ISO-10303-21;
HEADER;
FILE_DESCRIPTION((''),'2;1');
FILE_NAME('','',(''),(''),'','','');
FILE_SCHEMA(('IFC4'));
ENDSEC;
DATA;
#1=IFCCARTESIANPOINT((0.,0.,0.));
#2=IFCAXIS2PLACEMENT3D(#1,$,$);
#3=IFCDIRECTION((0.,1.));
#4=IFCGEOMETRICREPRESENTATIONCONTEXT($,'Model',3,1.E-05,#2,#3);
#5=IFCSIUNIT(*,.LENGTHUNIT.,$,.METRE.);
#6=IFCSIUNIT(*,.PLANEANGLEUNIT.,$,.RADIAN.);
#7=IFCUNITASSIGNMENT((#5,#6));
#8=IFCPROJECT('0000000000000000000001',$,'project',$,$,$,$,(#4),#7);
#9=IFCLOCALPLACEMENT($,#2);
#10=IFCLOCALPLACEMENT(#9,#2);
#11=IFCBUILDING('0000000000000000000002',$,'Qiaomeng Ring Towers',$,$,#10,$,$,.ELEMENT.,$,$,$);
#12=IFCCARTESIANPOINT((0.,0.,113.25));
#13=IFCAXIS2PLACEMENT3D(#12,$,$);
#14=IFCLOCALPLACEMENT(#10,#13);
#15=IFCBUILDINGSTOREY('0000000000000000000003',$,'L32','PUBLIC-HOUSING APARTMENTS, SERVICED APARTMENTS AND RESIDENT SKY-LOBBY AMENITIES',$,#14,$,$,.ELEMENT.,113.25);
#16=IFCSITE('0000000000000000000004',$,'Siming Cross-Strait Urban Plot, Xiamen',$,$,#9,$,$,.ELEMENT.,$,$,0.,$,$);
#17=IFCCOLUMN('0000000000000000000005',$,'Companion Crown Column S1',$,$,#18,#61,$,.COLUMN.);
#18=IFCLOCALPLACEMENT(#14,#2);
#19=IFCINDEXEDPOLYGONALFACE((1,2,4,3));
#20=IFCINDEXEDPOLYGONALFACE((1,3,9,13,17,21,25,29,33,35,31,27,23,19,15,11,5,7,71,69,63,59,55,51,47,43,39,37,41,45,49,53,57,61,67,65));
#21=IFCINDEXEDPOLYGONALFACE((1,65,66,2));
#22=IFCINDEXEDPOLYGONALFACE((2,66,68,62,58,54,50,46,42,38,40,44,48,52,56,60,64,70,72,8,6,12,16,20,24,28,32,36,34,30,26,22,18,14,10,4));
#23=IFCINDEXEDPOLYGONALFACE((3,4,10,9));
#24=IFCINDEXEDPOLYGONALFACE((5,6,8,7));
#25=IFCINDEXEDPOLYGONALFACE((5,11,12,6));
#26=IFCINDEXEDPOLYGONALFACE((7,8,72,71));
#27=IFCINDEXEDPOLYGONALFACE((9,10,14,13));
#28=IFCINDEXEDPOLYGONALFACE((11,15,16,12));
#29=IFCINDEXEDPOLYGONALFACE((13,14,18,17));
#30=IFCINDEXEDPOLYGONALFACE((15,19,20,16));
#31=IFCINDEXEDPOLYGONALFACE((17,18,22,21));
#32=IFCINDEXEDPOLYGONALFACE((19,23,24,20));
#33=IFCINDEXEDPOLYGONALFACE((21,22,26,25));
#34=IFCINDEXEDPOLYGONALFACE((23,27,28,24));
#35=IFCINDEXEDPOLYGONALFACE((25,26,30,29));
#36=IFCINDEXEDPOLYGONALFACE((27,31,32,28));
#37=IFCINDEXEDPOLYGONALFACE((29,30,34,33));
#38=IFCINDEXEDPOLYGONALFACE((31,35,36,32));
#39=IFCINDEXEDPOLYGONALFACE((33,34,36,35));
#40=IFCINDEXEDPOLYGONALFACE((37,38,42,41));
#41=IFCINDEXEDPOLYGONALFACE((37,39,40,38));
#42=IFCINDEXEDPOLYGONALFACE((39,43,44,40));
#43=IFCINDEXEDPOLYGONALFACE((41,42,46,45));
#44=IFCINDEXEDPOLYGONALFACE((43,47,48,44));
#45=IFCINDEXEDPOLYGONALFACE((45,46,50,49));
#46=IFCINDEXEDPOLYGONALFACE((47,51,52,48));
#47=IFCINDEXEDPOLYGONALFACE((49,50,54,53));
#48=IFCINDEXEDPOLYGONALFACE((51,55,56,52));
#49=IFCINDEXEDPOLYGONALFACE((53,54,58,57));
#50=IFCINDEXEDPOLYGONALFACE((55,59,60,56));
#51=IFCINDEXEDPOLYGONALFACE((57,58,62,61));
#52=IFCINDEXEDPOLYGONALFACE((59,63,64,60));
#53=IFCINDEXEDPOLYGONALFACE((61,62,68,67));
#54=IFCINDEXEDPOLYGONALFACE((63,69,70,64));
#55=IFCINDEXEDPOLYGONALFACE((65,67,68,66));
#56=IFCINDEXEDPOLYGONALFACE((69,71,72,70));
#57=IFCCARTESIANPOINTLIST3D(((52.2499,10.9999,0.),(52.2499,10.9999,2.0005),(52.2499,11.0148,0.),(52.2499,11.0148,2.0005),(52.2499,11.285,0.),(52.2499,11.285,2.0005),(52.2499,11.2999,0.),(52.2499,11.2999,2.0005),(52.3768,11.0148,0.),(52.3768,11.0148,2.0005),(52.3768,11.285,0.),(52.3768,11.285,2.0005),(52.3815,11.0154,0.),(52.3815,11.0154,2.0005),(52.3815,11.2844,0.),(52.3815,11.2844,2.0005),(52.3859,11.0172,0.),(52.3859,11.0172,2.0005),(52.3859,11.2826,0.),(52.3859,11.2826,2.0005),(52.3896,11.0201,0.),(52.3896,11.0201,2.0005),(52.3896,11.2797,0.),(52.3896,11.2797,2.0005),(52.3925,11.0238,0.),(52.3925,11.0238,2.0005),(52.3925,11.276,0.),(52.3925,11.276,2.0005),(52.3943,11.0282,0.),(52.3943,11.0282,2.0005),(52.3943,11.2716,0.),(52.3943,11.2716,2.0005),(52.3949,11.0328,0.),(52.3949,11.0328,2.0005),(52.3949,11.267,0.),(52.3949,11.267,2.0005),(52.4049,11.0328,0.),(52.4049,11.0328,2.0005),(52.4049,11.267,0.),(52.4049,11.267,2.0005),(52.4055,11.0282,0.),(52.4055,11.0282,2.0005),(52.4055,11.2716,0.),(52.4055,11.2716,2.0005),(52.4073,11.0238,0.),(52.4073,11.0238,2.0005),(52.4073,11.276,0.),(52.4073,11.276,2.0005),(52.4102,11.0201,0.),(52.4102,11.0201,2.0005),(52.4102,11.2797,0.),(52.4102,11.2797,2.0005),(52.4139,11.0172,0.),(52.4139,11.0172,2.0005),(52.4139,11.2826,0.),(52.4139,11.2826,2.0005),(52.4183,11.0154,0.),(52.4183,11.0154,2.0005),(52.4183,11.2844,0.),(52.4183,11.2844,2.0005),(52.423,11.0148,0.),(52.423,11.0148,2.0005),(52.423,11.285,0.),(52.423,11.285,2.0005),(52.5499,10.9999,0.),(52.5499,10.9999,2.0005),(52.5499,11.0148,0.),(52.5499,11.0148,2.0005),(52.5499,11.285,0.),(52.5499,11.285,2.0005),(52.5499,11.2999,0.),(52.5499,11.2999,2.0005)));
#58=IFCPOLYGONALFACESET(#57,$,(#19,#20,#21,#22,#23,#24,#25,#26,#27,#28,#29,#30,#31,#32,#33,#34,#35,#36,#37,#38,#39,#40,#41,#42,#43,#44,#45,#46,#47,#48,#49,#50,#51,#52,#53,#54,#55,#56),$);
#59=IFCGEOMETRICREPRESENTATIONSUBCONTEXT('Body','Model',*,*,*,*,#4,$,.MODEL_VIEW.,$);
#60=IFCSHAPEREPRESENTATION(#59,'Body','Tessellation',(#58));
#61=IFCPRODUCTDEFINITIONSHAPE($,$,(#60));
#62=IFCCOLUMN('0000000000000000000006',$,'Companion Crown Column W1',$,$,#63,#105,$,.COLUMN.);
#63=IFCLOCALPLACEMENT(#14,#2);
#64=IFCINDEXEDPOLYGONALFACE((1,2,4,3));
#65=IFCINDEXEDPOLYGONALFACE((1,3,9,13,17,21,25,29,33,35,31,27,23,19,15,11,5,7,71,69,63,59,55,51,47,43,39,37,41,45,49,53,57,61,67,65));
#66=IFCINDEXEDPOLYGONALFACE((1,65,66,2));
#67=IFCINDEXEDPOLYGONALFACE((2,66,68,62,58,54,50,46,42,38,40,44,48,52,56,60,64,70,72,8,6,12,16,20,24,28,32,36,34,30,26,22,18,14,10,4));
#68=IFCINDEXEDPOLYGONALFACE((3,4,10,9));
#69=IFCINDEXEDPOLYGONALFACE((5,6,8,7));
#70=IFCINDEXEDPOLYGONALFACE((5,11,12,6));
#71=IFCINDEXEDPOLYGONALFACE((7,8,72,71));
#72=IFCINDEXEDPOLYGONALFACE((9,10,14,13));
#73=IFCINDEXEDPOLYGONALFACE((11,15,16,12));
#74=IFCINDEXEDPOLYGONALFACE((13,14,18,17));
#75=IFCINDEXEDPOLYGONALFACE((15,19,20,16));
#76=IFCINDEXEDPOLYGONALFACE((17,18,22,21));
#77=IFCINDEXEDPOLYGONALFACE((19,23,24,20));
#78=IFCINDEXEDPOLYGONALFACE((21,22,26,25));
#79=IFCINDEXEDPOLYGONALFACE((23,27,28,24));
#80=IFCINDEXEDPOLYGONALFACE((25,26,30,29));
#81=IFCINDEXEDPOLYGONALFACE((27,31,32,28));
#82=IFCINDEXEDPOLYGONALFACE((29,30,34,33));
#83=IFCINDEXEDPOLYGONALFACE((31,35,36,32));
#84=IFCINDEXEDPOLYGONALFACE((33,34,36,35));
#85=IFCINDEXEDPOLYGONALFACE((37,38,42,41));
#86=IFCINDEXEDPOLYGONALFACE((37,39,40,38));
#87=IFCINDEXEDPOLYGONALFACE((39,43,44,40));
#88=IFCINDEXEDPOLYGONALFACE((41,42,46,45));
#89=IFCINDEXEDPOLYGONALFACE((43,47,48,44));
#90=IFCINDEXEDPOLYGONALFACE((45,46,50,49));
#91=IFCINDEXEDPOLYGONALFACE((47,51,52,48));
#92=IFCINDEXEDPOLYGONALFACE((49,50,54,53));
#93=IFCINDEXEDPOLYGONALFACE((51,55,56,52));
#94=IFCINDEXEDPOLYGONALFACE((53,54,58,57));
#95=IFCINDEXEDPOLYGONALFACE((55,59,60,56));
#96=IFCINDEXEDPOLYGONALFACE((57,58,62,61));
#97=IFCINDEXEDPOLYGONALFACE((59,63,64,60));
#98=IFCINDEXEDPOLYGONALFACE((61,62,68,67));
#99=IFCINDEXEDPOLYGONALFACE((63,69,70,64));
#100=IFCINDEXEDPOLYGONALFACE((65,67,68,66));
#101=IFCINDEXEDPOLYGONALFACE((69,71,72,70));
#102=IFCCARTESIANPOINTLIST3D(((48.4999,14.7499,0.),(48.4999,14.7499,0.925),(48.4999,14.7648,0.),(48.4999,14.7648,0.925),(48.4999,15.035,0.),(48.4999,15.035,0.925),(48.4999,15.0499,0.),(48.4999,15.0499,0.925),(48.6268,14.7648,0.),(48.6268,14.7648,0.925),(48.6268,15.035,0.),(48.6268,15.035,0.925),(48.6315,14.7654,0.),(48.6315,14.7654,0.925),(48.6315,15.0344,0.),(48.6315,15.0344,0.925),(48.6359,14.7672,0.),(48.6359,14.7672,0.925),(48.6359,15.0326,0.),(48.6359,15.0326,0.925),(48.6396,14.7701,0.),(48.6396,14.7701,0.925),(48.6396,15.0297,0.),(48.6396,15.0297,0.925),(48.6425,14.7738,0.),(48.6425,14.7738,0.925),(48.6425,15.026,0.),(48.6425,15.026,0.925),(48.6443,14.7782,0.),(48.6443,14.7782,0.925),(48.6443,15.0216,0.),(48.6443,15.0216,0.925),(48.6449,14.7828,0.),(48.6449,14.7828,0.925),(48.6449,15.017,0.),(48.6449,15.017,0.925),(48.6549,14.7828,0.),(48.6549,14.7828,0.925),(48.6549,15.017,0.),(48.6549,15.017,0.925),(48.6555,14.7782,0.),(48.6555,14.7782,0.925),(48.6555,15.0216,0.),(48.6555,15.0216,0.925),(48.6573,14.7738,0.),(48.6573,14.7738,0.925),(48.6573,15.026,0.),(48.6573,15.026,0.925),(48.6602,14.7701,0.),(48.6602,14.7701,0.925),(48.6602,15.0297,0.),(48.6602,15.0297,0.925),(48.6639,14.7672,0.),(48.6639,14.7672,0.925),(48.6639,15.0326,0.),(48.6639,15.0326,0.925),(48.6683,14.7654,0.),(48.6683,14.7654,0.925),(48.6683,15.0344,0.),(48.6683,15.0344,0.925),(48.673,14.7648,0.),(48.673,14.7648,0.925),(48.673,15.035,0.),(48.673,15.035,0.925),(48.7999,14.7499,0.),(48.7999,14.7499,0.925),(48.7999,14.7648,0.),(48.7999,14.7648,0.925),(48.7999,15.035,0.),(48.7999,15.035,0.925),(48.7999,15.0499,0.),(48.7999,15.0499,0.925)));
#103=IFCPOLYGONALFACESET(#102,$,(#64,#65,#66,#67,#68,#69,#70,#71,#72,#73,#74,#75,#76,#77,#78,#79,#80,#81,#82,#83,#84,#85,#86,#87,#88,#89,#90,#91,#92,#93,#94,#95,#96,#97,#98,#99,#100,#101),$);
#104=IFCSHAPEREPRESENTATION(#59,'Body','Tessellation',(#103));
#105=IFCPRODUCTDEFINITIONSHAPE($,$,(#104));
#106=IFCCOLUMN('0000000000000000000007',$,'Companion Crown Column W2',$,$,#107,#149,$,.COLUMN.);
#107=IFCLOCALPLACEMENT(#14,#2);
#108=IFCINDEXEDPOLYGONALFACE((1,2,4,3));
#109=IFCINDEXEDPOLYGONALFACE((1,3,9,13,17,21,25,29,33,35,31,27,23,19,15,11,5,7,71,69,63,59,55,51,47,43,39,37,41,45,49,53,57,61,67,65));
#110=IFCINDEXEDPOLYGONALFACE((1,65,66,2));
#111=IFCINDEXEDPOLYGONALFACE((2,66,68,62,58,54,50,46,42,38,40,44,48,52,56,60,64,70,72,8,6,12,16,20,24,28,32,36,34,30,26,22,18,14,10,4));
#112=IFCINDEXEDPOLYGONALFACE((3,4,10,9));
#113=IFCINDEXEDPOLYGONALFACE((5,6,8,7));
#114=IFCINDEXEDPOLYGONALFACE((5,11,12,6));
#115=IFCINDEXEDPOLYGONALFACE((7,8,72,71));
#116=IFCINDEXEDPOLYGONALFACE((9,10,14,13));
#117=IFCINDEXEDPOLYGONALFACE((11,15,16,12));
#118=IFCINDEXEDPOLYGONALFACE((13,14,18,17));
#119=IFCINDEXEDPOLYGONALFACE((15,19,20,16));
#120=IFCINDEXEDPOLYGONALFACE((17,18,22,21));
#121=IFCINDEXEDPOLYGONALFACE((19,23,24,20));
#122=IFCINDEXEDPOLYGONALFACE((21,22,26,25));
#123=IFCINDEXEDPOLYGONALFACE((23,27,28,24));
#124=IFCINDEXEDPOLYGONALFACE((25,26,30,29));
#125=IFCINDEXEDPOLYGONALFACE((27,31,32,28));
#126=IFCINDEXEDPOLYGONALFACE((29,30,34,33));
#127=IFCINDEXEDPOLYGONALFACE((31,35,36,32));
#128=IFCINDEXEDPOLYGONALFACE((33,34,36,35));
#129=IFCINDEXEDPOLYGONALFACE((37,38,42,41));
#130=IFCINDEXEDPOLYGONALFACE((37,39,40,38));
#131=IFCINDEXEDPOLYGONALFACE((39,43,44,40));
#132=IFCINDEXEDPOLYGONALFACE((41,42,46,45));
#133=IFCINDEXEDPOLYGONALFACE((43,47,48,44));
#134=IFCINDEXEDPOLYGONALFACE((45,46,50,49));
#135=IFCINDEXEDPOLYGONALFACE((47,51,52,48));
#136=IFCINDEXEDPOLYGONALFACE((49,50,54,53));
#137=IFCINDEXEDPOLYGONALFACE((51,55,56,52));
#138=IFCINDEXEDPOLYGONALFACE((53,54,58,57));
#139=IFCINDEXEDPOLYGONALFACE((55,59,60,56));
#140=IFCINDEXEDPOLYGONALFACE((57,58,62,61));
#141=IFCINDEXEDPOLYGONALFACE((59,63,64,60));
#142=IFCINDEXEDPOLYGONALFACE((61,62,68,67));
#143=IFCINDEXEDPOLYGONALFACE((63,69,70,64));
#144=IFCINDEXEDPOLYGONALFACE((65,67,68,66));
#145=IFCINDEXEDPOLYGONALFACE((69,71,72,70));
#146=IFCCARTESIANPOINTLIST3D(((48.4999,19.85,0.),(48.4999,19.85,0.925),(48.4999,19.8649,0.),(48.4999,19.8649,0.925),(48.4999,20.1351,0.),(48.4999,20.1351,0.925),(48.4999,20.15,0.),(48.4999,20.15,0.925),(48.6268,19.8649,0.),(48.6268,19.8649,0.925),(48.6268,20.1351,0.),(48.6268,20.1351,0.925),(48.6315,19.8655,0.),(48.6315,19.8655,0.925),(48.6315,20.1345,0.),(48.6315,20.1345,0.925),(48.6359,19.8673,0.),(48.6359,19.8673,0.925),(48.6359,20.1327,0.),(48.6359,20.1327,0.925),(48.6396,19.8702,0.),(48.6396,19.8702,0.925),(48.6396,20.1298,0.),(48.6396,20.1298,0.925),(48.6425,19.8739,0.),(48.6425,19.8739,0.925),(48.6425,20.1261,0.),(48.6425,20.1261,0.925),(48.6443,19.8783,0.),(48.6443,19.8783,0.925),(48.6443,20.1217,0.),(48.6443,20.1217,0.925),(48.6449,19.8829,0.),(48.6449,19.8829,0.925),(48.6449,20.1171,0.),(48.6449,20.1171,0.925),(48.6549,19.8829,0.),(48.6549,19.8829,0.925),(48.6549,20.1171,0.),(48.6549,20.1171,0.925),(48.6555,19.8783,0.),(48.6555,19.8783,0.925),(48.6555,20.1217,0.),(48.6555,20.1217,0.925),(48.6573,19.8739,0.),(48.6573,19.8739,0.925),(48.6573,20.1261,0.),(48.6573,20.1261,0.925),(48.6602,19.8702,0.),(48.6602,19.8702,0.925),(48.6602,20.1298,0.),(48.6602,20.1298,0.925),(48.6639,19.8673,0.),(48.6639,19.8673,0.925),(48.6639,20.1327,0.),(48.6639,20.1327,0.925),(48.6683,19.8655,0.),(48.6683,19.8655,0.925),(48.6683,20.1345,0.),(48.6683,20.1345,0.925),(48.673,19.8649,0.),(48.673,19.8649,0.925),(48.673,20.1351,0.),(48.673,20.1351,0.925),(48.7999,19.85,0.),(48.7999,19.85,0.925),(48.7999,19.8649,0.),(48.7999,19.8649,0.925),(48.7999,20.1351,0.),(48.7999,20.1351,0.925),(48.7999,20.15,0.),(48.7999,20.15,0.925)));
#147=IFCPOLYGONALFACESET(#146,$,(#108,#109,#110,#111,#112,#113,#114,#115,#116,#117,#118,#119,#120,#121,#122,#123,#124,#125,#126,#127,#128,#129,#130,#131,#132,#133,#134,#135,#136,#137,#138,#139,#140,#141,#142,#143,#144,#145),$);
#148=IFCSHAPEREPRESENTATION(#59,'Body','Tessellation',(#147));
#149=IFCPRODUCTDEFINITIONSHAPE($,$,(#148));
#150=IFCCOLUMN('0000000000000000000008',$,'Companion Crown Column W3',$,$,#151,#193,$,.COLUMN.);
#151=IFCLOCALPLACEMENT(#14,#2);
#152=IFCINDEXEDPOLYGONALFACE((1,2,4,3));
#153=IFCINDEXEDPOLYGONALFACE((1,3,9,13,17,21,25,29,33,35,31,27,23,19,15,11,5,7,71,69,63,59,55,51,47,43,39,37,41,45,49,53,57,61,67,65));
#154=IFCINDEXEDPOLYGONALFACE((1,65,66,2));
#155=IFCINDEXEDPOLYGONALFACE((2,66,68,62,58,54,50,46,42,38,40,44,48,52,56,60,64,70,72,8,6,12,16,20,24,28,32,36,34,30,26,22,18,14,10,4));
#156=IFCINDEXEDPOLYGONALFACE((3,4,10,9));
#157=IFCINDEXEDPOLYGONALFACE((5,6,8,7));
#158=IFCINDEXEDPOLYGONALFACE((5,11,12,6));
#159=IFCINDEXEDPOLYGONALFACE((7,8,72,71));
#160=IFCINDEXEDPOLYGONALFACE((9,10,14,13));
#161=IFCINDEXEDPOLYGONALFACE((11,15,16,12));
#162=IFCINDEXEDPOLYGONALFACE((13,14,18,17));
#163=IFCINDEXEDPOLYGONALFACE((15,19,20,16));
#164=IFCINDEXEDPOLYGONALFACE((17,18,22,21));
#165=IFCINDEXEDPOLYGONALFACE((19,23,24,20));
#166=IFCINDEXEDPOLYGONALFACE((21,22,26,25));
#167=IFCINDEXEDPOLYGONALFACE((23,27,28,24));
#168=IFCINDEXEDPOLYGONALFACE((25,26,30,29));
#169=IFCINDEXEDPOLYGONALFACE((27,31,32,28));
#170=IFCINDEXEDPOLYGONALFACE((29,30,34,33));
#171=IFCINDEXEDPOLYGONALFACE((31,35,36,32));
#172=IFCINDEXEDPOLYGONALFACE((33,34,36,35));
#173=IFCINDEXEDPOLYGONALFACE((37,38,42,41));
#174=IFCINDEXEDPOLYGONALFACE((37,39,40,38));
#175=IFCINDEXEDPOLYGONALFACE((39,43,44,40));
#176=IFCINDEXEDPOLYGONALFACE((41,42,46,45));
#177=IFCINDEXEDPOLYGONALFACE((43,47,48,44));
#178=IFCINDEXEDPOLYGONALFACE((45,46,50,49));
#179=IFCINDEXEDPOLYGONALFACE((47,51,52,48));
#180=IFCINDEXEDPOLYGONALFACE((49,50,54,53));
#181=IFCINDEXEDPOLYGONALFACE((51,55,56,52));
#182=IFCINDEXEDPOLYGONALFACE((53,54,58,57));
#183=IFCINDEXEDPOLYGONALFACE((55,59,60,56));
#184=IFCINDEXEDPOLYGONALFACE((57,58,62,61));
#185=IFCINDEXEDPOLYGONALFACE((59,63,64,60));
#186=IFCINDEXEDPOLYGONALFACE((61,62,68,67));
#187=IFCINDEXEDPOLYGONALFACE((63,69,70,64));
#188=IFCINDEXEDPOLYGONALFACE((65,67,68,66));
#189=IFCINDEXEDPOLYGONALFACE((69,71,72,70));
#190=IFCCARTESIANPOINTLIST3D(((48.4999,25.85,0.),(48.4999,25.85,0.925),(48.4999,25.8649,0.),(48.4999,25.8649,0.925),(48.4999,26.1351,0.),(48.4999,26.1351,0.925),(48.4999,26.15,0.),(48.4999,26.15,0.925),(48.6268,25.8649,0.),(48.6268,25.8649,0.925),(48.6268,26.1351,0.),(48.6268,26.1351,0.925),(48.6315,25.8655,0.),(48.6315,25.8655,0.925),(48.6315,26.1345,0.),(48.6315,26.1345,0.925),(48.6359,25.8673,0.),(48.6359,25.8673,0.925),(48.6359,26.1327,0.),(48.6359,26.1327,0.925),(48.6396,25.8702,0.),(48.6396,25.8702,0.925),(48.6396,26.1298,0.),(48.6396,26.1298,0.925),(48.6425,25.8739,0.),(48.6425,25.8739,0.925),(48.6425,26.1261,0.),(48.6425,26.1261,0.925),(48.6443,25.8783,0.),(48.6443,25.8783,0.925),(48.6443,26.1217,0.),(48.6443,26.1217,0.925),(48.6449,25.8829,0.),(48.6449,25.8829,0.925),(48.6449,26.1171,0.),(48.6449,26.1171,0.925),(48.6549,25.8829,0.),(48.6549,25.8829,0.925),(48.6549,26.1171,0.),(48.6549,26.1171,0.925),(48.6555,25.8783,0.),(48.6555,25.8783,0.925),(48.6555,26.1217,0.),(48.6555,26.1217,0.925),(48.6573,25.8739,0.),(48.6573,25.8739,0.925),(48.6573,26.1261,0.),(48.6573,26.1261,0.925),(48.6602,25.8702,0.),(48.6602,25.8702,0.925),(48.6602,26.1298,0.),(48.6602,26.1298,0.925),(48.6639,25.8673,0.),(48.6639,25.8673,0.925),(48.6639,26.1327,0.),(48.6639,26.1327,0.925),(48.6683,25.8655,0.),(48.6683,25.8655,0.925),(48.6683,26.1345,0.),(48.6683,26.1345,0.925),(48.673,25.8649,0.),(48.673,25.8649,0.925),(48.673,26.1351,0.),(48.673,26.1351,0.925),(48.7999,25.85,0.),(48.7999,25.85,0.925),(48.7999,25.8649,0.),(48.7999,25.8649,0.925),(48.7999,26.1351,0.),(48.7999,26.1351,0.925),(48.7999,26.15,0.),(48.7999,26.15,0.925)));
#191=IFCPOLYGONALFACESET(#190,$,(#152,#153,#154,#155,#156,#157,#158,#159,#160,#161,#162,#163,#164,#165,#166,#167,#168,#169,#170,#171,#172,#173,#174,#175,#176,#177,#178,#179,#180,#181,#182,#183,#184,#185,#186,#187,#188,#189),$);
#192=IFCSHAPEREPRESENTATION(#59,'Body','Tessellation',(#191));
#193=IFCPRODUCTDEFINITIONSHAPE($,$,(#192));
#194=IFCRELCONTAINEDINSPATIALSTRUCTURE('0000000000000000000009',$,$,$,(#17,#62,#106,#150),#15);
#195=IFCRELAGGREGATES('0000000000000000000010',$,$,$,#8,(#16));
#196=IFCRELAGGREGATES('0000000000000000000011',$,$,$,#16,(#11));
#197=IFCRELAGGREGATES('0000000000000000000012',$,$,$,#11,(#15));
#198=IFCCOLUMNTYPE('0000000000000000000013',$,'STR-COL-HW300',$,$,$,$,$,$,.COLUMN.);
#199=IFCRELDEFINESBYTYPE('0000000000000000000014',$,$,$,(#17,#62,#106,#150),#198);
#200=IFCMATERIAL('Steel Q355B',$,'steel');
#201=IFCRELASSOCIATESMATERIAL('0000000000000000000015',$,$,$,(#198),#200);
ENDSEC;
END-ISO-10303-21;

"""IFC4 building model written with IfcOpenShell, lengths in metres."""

from ifc_helpers import new_model, si_unit, direction, frame, origin, origin_2d, place, context, subcontext, project, spatial, i_section, extrude, source, transform, mapped, material, material_profile, profile_set, type_object, element, save


model = new_model("IFC4")

# Units and contexts
model_context = context("Model", 3, precision=1e-05, world=origin(), true_north=direction((0.0, 1.0)))
body_context = subcontext(model_context, "Body", "Model", "MODEL_VIEW")
ifc_project = project(units=[si_unit("LENGTHUNIT", "METRE"), si_unit("PLANEANGLEUNIT", "RADIAN")], contexts=[model_context])

# Site, building, storey
site_placement = place(None, origin())
site = spatial("IfcSite", under=ifc_project, at=site_placement, Name="Siming Cross-Strait Urban Plot, Xiamen", CompositionType="ELEMENT", RefElevation=0.0)
building_placement = place(site_placement, origin())
building = spatial("IfcBuilding", under=site, at=building_placement, Name="Qiaomeng Ring Towers", CompositionType="ELEMENT")
storey_placement = place(building_placement, frame((0.0, 0.0, 113.25)))
storey = spatial("IfcBuildingStorey", under=building, at=storey_placement, Name="L32", Description="PUBLIC-HOUSING APARTMENTS, SERVICED APARTMENTS AND RESIDENT SKY-LOBBY AMENITIES", CompositionType="ELEMENT", Elevation=113.25)

# Columns
ifc_material_1 = material(Name="Steel Q355B", Category="steel")
ifc_material_profile_1 = material_profile(ifc_material_1, i_section(OverallWidth=0.3, OverallDepth=0.3, WebThickness=0.01, FlangeThickness=0.0149, FilletRadius=0.0181, at=origin_2d()), Name="HW 300x300x10x15")
ifc_profile_set_1 = profile_set([ifc_material_profile_1], Name="Steel Q355B")
column_type = type_object("IfcColumnType", Name="STR-COL-HW300", PredefinedType="COLUMN", material=ifc_profile_set_1)
shared_shape_1 = source(origin(), body_context, "Body", "SweptSolid", [
    extrude(i_section(OverallWidth=0.3, OverallDepth=0.3, WebThickness=0.01, FlangeThickness=0.0149, FilletRadius=0.0181, at=origin_2d()), origin(), (0.0, 0.0, 1.0), 2.0005),
])
column_placement = place(storey_placement, frame((52.3999, 11.1499, 0.0), z_axis=(0.0, 0.0, 1.0), x_axis=(1.0, 0.0, 0.0)))
element("IfcColumn", 1, at=column_placement, inside=storey, type_object=column_type, Name="Companion Crown Column S1", PredefinedType="COLUMN", context=body_context, shape_type="MappedRepresentation", body=[
    mapped(shared_shape_1, transform((0.0, 0.0, 0.0), x_axis=(1.0, 0.0, 0.0), y_axis=(0.0, 1.0, 0.0), z_axis=(0.0, 0.0, 1.0), scale=1.0)),
])
shared_shape_2 = source(origin(), body_context, "Body", "SweptSolid", [
    extrude(i_section(OverallWidth=0.3, OverallDepth=0.3, WebThickness=0.01, FlangeThickness=0.0149, FilletRadius=0.0181, at=origin_2d()), origin(), (0.0, 0.0, 1.0), 0.925),
])
for number, where, z_axis, x_axis, name in (
    (2, (48.6499, 14.8999, 0.0), (0.0, 0.0, 1.0), (1.0, 0.0, 0.0), "Companion Crown Column W1"),
    (3, (48.6499, 20.0, 0.0), (0.0, 0.0, 1.0), (1.0, 0.0, 0.0), "Companion Crown Column W2"),
    (4, (48.6499, 26.0, 0.0), (0.0, 0.0, 1.0), (1.0, 0.0, 0.0), "Companion Crown Column W3"),
):
    element("IfcColumn", number, at=place(storey_placement, frame(where, z_axis=z_axis, x_axis=x_axis)), inside=storey, type_object=column_type, Name=name, PredefinedType="COLUMN", context=body_context, shape_type="MappedRepresentation", body=[
        mapped(shared_shape_2, transform((0.0, 0.0, 0.0), x_axis=(1.0, 0.0, 0.0), y_axis=(0.0, 1.0, 0.0), z_axis=(0.0, 0.0, 1.0), scale=1.0)),
    ])

save(model, "model.ifc")
